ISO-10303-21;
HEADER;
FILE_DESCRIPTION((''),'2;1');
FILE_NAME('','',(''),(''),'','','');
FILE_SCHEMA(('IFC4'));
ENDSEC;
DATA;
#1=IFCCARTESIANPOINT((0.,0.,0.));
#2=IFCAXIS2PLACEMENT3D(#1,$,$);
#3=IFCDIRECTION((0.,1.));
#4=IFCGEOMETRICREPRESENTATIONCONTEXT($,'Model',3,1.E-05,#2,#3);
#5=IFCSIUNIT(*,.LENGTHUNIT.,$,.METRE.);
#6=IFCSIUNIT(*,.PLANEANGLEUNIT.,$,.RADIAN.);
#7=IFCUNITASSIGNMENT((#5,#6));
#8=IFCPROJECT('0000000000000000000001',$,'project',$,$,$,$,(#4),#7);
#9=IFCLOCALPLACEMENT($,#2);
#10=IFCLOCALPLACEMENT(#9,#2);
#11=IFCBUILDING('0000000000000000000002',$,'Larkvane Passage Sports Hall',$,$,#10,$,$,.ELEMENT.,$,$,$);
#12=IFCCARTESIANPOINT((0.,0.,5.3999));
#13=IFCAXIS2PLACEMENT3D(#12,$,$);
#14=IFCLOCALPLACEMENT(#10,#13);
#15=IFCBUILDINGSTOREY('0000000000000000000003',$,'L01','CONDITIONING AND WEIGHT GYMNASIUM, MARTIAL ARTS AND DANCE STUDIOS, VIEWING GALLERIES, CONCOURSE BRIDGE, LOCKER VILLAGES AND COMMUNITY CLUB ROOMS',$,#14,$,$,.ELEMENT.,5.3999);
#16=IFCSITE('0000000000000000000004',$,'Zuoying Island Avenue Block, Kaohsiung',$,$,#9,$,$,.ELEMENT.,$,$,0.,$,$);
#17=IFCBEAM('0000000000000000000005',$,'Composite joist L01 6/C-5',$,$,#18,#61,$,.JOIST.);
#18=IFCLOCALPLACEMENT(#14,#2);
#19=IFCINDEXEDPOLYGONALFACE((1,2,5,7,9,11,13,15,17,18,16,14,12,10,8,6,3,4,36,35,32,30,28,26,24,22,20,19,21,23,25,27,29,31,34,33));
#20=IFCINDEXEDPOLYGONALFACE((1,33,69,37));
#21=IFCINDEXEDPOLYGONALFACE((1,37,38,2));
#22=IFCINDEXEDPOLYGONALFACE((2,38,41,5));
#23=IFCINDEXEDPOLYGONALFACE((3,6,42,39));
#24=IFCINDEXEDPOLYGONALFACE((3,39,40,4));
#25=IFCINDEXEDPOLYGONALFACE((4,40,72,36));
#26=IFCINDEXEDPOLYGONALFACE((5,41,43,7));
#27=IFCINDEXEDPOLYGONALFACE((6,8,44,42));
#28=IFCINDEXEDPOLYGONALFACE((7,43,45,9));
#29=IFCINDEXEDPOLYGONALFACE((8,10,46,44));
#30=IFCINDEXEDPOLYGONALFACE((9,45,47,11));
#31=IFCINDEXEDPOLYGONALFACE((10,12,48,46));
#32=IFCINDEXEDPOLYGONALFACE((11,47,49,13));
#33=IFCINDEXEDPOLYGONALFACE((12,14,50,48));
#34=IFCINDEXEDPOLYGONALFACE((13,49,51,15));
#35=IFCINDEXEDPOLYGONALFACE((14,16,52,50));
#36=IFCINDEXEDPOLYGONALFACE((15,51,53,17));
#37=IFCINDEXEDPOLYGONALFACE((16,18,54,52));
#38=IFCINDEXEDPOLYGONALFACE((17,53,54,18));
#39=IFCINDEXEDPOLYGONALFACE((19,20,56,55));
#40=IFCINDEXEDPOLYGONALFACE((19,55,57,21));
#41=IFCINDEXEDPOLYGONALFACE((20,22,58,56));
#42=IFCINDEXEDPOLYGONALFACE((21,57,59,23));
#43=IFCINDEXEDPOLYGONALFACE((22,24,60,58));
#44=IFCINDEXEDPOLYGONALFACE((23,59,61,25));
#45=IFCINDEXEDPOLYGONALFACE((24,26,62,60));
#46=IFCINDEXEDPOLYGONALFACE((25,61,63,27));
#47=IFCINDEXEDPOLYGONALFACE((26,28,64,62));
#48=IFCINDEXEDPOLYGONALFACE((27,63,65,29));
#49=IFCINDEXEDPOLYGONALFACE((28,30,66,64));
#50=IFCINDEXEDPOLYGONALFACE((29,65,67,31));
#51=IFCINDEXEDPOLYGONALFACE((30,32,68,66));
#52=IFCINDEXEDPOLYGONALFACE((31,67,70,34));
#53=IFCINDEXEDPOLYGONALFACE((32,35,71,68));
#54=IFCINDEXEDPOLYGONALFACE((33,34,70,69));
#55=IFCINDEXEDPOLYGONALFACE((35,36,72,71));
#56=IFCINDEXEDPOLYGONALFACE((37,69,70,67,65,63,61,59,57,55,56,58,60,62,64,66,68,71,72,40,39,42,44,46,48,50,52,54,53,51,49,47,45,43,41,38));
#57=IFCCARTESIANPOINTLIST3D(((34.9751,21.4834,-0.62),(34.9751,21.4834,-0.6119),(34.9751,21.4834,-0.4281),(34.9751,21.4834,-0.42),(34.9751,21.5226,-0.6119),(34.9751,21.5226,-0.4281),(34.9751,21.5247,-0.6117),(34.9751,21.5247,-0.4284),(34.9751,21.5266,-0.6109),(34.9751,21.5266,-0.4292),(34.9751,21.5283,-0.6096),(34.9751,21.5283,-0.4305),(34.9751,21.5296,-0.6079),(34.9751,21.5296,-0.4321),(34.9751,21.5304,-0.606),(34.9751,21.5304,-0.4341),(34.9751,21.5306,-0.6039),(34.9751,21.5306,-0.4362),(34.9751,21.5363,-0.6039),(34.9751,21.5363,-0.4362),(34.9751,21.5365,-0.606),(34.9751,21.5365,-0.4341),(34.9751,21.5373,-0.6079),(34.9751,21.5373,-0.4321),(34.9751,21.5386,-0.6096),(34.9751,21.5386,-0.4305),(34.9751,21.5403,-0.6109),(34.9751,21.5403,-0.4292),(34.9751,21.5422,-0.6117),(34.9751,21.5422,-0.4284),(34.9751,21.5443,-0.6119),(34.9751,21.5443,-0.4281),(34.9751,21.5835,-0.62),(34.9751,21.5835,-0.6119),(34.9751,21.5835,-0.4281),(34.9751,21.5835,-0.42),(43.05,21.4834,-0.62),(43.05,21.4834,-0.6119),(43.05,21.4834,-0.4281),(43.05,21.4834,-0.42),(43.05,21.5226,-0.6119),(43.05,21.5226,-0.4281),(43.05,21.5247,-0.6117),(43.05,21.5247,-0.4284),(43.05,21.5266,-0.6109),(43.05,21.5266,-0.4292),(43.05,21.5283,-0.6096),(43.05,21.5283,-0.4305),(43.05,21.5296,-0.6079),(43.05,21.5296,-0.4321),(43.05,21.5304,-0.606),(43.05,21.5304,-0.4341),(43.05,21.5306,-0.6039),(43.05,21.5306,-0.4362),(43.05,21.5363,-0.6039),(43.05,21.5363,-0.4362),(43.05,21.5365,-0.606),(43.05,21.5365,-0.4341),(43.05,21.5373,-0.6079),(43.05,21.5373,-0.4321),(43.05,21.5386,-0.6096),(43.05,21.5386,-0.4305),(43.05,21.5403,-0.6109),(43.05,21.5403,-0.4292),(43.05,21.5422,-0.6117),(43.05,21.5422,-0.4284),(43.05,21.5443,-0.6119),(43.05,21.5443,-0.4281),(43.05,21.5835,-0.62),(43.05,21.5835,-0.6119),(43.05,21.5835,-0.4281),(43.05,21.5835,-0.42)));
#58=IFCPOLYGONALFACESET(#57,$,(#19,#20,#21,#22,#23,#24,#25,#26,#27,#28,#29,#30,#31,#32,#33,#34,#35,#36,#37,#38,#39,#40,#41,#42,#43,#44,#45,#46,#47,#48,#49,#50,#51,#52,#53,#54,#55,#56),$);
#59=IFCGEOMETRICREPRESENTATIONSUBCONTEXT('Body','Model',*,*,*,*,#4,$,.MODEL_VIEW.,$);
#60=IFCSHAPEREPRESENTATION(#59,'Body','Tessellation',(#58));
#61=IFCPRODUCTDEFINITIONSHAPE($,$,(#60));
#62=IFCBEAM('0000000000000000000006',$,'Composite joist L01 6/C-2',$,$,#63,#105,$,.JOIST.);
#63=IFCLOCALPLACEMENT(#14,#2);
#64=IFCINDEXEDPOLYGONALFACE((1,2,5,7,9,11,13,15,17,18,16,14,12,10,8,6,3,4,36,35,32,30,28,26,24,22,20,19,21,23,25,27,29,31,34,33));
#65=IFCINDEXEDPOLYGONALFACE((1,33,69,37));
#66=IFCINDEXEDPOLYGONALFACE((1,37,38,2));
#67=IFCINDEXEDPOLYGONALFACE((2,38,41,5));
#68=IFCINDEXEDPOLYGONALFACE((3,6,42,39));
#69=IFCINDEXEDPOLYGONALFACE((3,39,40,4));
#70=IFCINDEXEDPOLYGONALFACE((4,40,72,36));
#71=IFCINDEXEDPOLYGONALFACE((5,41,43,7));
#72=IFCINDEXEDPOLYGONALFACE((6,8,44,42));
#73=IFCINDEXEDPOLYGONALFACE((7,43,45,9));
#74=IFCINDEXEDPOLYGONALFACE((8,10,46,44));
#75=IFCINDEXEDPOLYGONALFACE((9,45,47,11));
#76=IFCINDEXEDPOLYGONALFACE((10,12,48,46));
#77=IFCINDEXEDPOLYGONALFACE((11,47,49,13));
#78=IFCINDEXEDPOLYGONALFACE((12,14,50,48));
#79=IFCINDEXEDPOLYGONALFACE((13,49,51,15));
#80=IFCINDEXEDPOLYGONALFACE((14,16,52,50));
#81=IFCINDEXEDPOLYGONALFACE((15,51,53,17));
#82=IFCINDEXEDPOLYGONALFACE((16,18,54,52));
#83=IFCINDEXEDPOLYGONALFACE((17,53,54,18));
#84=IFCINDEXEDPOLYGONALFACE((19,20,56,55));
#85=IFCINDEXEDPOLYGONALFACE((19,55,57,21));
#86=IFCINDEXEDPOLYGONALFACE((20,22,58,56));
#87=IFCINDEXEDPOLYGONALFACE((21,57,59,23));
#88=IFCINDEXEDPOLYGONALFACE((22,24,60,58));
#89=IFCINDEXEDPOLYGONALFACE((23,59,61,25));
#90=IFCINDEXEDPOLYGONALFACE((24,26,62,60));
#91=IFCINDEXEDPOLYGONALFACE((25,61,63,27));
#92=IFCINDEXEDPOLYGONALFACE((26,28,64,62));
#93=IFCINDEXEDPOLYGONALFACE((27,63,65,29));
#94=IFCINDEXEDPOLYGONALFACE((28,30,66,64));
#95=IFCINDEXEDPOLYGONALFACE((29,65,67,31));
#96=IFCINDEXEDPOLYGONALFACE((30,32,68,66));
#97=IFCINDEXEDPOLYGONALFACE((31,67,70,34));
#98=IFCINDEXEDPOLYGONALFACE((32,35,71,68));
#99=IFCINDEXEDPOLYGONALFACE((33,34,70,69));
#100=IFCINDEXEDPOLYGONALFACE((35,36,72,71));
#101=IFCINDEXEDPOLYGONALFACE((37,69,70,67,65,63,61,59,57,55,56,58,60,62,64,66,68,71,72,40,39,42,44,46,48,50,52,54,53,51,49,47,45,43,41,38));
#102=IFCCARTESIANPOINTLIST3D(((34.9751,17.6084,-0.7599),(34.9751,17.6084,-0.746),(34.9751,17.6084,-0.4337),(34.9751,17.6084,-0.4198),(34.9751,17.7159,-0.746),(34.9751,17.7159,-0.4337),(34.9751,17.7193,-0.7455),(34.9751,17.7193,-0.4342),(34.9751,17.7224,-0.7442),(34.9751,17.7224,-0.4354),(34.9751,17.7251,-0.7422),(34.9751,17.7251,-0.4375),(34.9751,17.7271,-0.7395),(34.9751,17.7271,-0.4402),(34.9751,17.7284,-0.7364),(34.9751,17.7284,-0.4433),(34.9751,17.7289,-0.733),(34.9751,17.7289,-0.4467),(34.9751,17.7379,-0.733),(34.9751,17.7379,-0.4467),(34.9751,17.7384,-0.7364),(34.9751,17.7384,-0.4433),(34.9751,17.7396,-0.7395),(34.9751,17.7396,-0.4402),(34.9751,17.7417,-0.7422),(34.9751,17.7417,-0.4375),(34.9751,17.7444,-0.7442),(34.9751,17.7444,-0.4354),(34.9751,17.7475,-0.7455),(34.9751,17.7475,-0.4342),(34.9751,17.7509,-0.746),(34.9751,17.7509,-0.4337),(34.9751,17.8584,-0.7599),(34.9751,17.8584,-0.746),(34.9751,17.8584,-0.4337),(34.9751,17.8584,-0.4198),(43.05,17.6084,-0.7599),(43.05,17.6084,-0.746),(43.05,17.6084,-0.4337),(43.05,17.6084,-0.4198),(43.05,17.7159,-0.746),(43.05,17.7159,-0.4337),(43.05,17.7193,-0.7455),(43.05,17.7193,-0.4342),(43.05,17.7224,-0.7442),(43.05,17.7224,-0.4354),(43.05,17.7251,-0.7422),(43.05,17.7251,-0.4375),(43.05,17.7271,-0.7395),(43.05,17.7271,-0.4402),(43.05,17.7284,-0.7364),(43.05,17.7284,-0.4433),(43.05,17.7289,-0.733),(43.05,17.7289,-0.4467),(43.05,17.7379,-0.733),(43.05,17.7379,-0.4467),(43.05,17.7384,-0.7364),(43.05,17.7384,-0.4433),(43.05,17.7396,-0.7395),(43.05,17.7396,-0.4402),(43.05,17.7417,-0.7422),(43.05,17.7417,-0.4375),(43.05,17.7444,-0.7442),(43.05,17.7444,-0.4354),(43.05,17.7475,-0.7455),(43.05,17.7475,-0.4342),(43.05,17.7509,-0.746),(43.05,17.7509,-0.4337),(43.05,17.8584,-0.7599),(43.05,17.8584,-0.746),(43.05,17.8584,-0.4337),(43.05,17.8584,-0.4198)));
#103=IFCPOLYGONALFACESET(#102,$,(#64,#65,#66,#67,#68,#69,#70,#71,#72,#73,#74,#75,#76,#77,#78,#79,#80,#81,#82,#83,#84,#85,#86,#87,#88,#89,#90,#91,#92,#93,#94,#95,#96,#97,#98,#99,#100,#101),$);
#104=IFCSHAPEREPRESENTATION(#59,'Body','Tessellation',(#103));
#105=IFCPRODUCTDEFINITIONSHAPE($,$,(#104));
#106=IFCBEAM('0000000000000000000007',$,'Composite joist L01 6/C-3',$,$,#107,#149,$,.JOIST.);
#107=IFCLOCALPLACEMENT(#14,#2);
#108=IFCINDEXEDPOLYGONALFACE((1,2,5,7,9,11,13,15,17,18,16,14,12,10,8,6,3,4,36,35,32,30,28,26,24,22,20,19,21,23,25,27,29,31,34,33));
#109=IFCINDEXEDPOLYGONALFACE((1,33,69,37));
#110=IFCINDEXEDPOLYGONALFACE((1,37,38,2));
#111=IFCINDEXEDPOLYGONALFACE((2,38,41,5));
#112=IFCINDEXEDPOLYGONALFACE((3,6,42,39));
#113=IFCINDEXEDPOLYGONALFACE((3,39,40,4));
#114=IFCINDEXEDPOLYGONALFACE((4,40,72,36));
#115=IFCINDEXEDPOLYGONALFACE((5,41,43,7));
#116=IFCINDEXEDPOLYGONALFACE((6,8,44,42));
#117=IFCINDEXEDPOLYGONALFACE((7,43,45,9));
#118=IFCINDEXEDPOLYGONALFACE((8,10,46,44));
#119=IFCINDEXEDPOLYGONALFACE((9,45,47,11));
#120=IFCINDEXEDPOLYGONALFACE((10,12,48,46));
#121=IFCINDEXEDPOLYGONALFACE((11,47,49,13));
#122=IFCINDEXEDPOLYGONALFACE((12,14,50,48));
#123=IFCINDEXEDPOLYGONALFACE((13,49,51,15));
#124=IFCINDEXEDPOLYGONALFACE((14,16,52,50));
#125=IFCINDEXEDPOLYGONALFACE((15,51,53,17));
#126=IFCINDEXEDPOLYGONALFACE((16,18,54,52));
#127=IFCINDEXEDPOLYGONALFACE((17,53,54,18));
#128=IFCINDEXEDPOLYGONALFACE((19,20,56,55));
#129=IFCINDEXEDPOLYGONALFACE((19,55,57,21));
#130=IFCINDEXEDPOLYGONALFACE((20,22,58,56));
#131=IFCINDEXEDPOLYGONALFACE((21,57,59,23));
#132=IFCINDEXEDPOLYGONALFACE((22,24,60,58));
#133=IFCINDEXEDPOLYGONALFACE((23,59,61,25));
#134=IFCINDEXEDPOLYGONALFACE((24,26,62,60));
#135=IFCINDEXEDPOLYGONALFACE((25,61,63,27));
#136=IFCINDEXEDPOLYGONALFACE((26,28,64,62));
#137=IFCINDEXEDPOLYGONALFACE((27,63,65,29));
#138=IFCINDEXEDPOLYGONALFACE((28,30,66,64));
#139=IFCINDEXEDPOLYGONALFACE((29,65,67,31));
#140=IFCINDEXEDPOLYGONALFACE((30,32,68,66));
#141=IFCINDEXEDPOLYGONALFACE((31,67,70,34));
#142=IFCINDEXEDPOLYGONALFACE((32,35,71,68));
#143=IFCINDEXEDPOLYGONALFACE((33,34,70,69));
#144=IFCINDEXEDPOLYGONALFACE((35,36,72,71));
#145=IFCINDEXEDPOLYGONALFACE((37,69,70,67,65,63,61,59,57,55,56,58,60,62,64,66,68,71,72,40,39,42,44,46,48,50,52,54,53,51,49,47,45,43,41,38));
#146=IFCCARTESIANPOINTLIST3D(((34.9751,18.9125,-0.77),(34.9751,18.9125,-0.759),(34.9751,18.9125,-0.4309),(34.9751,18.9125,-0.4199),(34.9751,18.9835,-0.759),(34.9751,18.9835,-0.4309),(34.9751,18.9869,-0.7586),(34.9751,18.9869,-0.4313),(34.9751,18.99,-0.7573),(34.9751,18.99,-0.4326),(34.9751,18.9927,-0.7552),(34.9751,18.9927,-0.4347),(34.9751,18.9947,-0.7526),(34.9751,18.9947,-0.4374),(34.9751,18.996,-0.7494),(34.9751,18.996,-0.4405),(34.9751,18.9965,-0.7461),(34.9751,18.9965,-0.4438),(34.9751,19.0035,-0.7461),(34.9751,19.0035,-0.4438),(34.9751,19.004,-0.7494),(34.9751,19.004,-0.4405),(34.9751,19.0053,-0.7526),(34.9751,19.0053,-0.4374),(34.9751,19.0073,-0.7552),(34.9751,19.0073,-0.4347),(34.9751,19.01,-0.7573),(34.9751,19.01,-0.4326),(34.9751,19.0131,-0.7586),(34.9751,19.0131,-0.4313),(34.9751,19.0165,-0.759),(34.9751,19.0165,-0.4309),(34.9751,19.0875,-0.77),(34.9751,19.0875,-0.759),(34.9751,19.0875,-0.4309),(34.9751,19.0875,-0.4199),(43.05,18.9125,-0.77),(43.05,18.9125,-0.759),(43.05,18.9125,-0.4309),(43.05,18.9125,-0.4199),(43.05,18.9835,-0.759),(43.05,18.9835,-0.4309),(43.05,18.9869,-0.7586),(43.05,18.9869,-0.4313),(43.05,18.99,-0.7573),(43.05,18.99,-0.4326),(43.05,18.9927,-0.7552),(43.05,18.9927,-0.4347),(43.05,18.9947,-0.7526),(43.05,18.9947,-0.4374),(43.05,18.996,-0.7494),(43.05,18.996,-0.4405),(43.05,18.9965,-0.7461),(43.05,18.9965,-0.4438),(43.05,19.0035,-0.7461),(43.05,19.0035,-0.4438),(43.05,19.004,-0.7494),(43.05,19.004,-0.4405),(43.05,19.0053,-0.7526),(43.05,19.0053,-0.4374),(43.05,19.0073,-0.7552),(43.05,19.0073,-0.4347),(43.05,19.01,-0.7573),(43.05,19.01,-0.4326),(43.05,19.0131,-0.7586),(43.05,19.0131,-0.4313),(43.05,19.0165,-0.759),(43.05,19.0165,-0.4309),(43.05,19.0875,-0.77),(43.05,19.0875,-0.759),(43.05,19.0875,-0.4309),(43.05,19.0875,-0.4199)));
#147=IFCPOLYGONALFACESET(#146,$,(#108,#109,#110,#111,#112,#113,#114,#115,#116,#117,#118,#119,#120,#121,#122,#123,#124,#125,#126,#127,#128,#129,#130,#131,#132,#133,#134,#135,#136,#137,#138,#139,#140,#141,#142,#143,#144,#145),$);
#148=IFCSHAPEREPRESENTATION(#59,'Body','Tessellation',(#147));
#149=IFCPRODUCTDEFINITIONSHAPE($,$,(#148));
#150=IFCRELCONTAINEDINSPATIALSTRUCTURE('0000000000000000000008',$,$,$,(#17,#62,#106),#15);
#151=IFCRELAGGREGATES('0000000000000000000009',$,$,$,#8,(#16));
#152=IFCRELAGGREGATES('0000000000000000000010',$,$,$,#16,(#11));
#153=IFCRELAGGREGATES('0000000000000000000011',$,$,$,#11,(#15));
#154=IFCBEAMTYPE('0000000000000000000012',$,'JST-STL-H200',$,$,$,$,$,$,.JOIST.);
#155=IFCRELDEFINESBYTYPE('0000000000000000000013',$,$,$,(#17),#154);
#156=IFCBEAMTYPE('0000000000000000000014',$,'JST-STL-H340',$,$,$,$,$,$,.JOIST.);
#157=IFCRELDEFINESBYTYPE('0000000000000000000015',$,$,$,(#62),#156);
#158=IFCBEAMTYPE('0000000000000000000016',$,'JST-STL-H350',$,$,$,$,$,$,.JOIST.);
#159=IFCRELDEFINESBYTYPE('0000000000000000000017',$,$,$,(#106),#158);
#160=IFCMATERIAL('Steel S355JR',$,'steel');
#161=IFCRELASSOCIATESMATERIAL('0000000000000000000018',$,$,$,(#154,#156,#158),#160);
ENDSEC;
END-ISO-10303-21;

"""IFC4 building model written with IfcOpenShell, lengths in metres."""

from ifc_helpers import new_model, si_unit, direction, frame, origin, origin_2d, place, context, subcontext, project, spatial, i_section, extrude, material, material_profile, profile_set, type_object, element, save


model = new_model("IFC4")

# Units and contexts
model_context = context("Model", 3, precision=1e-05, world=origin(), true_north=direction((0.0, 1.0)))
body_context = subcontext(model_context, "Body", "Model", "MODEL_VIEW")
ifc_project = project(units=[si_unit("LENGTHUNIT", "METRE"), si_unit("PLANEANGLEUNIT", "RADIAN")], contexts=[model_context])

# Site, building, storey
site_placement = place(None, origin())
site = spatial("IfcSite", under=ifc_project, at=site_placement, Name="Zuoying Island Avenue Block, Kaohsiung", CompositionType="ELEMENT", RefElevation=0.0)
building_placement = place(site_placement, origin())
building = spatial("IfcBuilding", under=site, at=building_placement, Name="Larkvane Passage Sports Hall", CompositionType="ELEMENT")
storey_placement = place(building_placement, frame((0.0, 0.0, 5.3999)))
storey = spatial("IfcBuildingStorey", under=building, at=storey_placement, Name="L01", Description="CONDITIONING AND WEIGHT GYMNASIUM, MARTIAL ARTS AND DANCE STUDIOS, VIEWING GALLERIES, CONCOURSE BRIDGE, LOCKER VILLAGES AND COMMUNITY CLUB ROOMS", CompositionType="ELEMENT", Elevation=5.3999)

# Beams
ifc_material_1 = material(Name="Steel S355JR", Category="steel")
ifc_material_profile_1 = material_profile(ifc_material_1, i_section(OverallWidth=0.1001, OverallDepth=0.2, WebThickness=0.0056, FlangeThickness=0.0081, FilletRadius=0.0081, at=origin_2d()), Name="H-200x100x5.5x8")
ifc_profile_set_1 = profile_set([ifc_material_profile_1], Name="Steel S355JR")
beam_type_1 = type_object("IfcBeamType", Name="JST-STL-H200", PredefinedType="JOIST", material=ifc_profile_set_1)
beam_1_placement = place(storey_placement, frame((34.9751, 21.5334, -0.52), z_axis=(1.0, 0.0, 0.0), x_axis=(0.0, 1.0, 0.0)))
element("IfcBeam", 1, at=beam_1_placement, inside=storey, type_object=beam_type_1, Name="Composite joist L01 6/C-5", PredefinedType="JOIST", context=body_context, shape_type="SweptSolid", body=[
    extrude(i_section(OverallWidth=0.1001, OverallDepth=0.2, WebThickness=0.0056, FlangeThickness=0.0081, FilletRadius=0.0081, at=origin_2d()), origin(), (0.0, 0.0, 1.0), 8.075),
])
ifc_material_profile_2 = material_profile(ifc_material_1, i_section(OverallWidth=0.25, OverallDepth=0.3401, WebThickness=0.009, FlangeThickness=0.0139, FilletRadius=0.0129, at=origin_2d()), Name="H-340x250x9x14")
ifc_profile_set_2 = profile_set([ifc_material_profile_2], Name="Steel S355JR")
beam_type_2 = type_object("IfcBeamType", Name="JST-STL-H340", PredefinedType="JOIST", material=ifc_profile_set_2)
beam_2_placement = place(storey_placement, frame((34.9751, 17.7334, -0.5898), z_axis=(1.0, 0.0, 0.0), x_axis=(0.0, 1.0, 0.0)))
element("IfcBeam", 2, at=beam_2_placement, inside=storey, type_object=beam_type_2, Name="Composite joist L01 6/C-2", PredefinedType="JOIST", context=body_context, shape_type="SweptSolid", body=[
    extrude(i_section(OverallWidth=0.25, OverallDepth=0.3401, WebThickness=0.009, FlangeThickness=0.0139, FilletRadius=0.0129, at=origin_2d()), origin(), (0.0, 0.0, 1.0), 8.075),
])
ifc_material_profile_3 = material_profile(ifc_material_1, i_section(OverallWidth=0.175, OverallDepth=0.3501, WebThickness=0.0071, FlangeThickness=0.011, FilletRadius=0.0129, at=origin_2d()), Name="H-350x175x7x11")
ifc_profile_set_3 = profile_set([ifc_material_profile_3], Name="Steel S355JR")
beam_type_3 = type_object("IfcBeamType", Name="JST-STL-H350", PredefinedType="JOIST", material=ifc_profile_set_3)
beam_3_placement = place(storey_placement, frame((34.9751, 19.0, -0.595), z_axis=(1.0, 0.0, 0.0), x_axis=(0.0, 1.0, 0.0)))
element("IfcBeam", 3, at=beam_3_placement, inside=storey, type_object=beam_type_3, Name="Composite joist L01 6/C-3", PredefinedType="JOIST", context=body_context, shape_type="SweptSolid", body=[
    extrude(i_section(OverallWidth=0.175, OverallDepth=0.3501, WebThickness=0.0071, FlangeThickness=0.011, FilletRadius=0.0129, at=origin_2d()), origin(), (0.0, 0.0, 1.0), 8.075),
])

save(model, "model.ifc")
